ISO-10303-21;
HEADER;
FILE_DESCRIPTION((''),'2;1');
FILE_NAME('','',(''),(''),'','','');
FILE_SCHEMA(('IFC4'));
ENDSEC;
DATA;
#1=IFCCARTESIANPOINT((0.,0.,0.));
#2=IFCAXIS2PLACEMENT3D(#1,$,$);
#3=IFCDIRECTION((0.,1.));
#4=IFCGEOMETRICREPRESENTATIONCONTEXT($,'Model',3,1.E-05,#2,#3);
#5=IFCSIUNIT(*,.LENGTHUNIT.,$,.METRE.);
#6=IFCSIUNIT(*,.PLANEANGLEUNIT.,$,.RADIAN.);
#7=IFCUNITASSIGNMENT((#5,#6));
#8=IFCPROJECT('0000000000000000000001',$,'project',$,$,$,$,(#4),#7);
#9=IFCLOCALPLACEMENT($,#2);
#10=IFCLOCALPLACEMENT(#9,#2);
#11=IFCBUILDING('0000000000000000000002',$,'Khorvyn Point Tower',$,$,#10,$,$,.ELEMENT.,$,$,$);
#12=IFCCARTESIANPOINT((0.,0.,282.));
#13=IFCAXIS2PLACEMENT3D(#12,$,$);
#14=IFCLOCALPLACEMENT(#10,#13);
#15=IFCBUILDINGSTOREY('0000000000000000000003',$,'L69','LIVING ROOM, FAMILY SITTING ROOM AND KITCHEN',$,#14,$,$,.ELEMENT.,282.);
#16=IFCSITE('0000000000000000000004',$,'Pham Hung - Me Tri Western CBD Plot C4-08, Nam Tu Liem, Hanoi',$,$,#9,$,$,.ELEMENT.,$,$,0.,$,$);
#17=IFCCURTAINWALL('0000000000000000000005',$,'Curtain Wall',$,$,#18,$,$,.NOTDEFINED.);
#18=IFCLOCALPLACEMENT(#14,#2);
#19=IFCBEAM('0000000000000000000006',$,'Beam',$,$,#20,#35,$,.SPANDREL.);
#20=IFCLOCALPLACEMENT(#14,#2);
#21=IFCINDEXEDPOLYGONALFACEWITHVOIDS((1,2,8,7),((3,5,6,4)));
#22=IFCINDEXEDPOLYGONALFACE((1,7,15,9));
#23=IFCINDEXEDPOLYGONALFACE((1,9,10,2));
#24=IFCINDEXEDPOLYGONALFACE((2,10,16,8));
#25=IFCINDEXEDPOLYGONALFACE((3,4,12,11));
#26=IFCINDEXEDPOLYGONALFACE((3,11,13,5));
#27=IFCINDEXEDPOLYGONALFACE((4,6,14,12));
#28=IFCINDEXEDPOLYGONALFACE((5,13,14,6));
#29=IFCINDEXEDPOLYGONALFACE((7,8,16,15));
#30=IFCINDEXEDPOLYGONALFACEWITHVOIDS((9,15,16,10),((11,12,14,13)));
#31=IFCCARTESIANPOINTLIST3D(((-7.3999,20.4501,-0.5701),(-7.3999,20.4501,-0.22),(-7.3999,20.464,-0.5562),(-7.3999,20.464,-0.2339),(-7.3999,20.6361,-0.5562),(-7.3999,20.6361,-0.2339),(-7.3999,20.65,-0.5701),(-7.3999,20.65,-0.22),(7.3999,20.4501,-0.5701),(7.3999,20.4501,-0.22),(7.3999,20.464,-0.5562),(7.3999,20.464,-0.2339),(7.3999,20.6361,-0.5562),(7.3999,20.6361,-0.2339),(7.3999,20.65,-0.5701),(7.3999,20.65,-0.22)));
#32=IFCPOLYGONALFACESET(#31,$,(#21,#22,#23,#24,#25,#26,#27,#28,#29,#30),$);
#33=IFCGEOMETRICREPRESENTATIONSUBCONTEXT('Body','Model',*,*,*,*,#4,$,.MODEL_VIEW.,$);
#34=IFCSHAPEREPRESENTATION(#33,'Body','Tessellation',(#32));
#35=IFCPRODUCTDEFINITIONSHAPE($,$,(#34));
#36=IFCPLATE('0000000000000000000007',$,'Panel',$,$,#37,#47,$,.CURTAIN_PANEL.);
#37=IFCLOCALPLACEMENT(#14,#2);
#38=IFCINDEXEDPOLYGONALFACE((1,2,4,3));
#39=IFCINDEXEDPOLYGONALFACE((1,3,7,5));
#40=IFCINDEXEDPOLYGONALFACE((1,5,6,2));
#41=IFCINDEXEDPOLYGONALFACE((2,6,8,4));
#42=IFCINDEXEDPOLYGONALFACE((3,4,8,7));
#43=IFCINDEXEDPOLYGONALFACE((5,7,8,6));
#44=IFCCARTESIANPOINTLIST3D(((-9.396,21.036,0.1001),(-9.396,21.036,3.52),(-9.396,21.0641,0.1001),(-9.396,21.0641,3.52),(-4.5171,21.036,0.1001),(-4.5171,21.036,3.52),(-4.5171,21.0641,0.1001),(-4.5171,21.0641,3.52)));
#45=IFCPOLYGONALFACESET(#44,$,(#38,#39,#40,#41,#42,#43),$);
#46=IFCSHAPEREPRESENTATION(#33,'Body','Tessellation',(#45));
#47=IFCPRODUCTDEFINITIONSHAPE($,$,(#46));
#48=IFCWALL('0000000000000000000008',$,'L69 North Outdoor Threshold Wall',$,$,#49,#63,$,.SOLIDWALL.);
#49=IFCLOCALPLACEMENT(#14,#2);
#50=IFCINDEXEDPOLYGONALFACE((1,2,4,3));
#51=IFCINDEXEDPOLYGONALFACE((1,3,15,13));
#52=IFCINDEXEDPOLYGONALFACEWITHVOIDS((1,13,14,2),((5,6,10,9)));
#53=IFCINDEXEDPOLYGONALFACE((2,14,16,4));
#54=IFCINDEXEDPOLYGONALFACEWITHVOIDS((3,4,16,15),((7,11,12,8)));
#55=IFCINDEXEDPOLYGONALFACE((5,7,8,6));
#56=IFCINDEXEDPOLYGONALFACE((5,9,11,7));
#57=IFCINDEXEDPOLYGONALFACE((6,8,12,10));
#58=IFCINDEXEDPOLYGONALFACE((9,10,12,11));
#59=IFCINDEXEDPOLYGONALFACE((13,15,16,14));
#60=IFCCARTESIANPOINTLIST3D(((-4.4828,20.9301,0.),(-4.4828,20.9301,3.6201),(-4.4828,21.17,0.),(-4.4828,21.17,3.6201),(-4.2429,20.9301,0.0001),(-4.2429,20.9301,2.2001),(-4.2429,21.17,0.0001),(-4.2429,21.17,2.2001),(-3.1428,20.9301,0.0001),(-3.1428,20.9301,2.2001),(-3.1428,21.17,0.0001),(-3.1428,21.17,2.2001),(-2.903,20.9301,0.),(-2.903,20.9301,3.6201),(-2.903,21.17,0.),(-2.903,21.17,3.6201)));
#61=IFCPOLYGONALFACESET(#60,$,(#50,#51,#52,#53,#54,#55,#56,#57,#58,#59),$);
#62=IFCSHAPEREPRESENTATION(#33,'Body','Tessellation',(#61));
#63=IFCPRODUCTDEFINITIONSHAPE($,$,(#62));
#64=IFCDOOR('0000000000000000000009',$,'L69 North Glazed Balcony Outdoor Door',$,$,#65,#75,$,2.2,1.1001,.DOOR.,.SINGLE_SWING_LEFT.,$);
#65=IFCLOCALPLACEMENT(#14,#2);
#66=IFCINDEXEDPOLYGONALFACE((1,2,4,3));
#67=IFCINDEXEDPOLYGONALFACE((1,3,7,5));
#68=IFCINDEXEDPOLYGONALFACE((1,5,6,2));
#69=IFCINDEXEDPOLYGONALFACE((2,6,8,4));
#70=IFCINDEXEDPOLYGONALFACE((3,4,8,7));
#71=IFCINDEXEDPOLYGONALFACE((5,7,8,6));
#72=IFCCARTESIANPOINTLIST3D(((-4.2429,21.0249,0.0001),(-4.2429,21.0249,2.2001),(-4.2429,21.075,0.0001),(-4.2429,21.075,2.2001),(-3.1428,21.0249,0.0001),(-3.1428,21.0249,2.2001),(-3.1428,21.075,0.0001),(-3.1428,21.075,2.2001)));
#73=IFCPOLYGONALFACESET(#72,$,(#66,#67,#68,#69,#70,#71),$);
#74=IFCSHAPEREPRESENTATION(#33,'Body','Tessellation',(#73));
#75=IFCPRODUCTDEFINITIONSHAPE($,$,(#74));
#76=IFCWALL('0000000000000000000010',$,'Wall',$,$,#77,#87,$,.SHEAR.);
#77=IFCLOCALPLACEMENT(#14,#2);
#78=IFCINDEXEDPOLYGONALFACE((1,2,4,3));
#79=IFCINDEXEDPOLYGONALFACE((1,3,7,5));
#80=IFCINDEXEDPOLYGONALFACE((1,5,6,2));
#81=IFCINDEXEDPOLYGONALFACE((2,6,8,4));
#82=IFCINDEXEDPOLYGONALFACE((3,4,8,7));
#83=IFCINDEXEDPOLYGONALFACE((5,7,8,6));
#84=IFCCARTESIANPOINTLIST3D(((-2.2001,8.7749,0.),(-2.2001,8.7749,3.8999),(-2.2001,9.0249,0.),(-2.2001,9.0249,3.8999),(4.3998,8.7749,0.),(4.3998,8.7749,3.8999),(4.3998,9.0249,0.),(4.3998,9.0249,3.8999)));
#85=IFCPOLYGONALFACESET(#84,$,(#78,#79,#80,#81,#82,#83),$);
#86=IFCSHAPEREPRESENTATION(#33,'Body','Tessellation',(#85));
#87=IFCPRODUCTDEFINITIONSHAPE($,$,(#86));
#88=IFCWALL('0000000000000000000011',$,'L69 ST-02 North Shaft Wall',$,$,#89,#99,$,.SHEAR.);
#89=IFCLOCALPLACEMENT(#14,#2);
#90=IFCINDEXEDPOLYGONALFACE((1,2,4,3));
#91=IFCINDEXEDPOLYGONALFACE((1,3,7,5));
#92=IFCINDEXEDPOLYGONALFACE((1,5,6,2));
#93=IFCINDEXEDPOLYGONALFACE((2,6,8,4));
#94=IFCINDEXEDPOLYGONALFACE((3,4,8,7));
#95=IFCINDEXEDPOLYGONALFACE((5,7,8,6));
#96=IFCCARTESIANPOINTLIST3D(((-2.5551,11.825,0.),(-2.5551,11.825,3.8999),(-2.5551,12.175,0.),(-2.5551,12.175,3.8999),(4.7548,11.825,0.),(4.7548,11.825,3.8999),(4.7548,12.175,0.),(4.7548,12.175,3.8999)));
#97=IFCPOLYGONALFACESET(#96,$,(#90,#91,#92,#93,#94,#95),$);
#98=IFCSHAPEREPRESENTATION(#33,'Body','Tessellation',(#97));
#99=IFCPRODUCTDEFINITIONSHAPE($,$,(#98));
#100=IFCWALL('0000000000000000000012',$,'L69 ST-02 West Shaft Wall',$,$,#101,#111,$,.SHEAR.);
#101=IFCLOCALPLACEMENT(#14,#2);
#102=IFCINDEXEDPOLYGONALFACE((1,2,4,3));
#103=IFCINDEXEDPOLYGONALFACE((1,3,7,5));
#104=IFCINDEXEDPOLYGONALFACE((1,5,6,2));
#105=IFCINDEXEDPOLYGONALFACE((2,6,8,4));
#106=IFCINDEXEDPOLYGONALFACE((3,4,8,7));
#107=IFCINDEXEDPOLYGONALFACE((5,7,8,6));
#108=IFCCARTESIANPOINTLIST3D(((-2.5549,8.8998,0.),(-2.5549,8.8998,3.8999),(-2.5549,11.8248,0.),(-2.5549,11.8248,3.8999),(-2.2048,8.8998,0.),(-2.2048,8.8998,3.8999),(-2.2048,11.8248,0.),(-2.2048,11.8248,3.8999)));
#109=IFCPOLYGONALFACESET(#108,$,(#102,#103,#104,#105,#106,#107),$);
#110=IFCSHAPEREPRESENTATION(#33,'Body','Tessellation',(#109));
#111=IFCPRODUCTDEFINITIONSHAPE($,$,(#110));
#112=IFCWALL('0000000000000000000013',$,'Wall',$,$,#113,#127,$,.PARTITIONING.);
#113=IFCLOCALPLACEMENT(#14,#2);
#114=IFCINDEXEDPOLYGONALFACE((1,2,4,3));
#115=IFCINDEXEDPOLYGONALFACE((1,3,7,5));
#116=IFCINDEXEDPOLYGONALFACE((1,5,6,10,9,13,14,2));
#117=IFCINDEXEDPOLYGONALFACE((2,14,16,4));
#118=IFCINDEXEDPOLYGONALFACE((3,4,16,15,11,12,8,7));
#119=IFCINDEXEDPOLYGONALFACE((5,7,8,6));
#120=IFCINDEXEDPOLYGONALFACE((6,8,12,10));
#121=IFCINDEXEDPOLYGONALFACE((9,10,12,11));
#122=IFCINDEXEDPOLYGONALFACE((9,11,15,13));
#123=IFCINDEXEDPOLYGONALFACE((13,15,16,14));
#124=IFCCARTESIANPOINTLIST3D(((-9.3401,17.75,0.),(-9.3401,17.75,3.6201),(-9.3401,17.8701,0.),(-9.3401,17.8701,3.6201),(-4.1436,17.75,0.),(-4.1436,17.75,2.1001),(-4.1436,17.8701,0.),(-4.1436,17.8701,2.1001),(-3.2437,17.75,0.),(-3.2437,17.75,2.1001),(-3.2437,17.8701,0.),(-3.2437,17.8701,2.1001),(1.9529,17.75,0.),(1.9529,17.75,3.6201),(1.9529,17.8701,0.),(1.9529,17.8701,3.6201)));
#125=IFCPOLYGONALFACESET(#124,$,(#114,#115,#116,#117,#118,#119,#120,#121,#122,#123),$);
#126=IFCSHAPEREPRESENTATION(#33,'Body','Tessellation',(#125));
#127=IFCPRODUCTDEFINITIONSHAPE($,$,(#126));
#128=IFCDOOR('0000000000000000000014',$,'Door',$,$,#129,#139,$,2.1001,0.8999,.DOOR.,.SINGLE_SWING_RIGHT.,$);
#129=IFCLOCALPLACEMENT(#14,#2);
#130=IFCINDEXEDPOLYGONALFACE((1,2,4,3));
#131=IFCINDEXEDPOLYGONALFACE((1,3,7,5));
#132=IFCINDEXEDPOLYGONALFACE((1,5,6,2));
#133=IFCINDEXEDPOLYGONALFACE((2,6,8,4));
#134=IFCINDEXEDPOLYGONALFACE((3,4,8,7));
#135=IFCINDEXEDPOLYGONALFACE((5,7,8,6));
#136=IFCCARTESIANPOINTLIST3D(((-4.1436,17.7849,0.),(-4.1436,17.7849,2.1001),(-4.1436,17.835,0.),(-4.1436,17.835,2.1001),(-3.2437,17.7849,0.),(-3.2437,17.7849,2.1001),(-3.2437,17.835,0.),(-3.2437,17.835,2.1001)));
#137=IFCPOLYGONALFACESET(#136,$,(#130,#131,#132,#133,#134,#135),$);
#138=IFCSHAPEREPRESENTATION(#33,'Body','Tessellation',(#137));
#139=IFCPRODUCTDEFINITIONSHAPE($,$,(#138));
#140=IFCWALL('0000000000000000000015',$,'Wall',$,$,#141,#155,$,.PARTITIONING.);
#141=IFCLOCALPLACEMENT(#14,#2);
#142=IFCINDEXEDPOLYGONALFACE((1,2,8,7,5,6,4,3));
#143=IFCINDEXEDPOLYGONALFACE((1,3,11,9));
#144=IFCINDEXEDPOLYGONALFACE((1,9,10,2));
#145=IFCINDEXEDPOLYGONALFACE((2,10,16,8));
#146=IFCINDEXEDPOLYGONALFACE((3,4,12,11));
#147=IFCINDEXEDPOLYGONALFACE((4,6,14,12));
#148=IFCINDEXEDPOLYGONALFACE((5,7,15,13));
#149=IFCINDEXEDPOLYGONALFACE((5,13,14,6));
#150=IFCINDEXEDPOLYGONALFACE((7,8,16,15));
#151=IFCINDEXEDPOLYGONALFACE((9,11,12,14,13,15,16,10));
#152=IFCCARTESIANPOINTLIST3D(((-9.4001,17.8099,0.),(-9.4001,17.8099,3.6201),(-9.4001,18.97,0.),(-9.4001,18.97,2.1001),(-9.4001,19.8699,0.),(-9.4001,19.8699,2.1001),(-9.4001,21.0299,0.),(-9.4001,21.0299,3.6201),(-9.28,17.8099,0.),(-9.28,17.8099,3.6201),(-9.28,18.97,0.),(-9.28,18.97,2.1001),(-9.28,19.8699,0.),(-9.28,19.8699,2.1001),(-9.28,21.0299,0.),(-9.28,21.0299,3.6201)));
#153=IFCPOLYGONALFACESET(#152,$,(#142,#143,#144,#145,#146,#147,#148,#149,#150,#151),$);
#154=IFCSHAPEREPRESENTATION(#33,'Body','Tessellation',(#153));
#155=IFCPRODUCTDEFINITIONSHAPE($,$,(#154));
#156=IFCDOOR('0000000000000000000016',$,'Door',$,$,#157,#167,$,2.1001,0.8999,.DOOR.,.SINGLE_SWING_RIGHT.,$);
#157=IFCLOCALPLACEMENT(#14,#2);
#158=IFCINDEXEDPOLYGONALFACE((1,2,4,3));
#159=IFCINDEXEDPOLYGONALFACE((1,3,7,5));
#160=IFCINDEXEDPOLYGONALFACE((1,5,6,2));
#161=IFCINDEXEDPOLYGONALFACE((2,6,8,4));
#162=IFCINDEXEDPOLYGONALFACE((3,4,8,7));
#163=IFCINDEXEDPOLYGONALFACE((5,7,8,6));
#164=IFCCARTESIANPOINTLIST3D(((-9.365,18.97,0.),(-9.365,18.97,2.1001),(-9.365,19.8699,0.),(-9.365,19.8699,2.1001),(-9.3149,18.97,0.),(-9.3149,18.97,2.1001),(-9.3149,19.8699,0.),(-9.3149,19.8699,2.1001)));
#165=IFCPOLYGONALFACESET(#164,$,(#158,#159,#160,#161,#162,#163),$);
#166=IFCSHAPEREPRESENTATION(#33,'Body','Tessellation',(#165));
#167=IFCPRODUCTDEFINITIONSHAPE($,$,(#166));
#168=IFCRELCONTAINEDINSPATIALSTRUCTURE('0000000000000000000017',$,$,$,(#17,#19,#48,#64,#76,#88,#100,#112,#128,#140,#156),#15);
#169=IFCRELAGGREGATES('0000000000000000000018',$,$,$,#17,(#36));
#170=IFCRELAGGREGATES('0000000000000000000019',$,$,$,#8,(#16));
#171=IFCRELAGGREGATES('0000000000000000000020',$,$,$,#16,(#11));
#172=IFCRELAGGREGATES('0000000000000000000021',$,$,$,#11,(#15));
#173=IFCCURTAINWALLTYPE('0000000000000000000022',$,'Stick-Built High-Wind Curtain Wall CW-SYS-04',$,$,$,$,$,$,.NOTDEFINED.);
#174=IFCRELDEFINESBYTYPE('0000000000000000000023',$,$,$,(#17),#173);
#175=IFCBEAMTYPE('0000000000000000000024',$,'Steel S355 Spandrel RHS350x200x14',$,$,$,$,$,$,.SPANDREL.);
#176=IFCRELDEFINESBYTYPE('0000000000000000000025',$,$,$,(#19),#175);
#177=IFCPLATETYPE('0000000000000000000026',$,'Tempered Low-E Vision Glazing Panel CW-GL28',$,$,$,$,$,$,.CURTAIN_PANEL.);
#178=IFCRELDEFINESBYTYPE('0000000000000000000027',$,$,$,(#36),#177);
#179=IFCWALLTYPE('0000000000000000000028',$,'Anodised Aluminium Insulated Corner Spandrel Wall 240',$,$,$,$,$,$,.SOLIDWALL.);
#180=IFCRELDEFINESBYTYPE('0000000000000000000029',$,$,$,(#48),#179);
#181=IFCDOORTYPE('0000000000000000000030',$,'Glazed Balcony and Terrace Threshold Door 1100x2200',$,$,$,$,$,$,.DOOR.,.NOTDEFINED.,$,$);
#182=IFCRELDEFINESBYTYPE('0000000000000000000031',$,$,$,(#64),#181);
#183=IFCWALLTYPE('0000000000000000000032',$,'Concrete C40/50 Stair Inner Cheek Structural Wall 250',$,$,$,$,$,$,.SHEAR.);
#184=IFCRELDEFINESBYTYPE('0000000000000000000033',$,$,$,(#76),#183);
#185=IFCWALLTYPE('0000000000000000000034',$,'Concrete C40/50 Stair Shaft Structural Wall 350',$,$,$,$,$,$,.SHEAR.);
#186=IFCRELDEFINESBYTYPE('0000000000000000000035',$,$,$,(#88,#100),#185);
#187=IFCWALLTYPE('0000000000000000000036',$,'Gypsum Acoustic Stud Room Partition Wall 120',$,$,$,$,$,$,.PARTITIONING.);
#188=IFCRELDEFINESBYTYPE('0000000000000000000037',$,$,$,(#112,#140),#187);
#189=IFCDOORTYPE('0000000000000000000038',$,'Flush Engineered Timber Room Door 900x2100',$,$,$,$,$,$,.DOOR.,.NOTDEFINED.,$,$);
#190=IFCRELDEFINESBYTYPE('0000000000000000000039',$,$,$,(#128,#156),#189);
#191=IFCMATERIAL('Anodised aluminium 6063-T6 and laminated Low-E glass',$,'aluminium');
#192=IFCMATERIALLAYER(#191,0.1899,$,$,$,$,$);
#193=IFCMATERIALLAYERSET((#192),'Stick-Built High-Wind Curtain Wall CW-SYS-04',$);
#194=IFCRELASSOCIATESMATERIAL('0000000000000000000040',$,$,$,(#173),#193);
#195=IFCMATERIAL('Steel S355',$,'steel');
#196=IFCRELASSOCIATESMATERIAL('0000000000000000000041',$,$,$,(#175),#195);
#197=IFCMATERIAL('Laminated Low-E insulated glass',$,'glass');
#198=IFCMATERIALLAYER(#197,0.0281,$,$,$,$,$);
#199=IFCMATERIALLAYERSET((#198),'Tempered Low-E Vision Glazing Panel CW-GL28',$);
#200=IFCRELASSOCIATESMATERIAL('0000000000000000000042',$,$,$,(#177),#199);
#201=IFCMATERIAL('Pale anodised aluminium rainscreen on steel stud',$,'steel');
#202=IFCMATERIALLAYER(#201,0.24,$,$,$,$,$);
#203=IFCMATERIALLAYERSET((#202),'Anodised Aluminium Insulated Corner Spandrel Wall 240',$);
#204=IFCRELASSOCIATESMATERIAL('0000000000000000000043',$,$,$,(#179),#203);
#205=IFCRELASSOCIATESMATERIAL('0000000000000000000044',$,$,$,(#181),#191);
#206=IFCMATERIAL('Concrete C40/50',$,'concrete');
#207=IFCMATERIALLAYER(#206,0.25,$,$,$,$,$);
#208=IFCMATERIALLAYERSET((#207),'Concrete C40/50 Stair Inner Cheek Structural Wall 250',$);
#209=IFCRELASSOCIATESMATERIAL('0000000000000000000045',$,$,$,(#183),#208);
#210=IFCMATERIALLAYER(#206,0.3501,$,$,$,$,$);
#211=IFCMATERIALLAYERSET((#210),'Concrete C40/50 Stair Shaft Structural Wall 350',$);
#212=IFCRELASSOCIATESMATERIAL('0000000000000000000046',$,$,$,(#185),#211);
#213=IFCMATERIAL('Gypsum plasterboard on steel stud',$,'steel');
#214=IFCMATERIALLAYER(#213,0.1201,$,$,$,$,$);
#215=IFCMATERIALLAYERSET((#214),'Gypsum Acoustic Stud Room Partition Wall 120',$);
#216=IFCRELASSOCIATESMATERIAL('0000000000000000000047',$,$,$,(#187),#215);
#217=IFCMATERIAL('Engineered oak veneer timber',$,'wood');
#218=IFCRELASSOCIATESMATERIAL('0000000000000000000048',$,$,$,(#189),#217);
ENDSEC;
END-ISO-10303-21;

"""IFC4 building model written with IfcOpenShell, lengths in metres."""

from ifc_helpers import new_model, si_unit, direction, frame, frame_2d, origin, origin_2d, place, context, subcontext, project, spatial, rectangle, hollow_rectangle, extrude, material, layer, layer_set, material_profile, profile_set, type_object, element, fill, aggregate, save


model = new_model("IFC4")

# Units and contexts
model_context = context("Model", 3, precision=1e-05, world=origin(), true_north=direction((0.0, 1.0)))
body_context = subcontext(model_context, "Body", "Model", "MODEL_VIEW")
ifc_project = project(units=[si_unit("LENGTHUNIT", "METRE"), si_unit("PLANEANGLEUNIT", "RADIAN")], contexts=[model_context])

# Site, building, storey
site_placement = place(None, origin())
site = spatial("IfcSite", under=ifc_project, at=site_placement, Name="Pham Hung - Me Tri Western CBD Plot C4-08, Nam Tu Liem, Hanoi", CompositionType="ELEMENT", RefElevation=0.0)
building_placement = place(site_placement, origin())
building = spatial("IfcBuilding", under=site, at=building_placement, Name="Khorvyn Point Tower", CompositionType="ELEMENT")
storey_placement = place(building_placement, frame((0.0, 0.0, 282.0)))
storey = spatial("IfcBuildingStorey", under=building, at=storey_placement, Name="L69", Description="LIVING ROOM, FAMILY SITTING ROOM AND KITCHEN", CompositionType="ELEMENT", Elevation=282.0)

# Shared definitions
ifc_material_1 = material(Name="Concrete C40/50", Category="concrete")
ifc_material_2 = material(Name="Steel S355", Category="steel")

# Curtain wall
ifc_material_3 = material(Name="Anodised aluminium 6063-T6 and laminated Low-E glass", Category="aluminium")
ifc_layer_1 = layer(ifc_material_3, 0.1899)
ifc_layer_set_1 = layer_set([ifc_layer_1], Name="Stick-Built High-Wind Curtain Wall CW-SYS-04")
curtain_wall_type = type_object("IfcCurtainWallType", Name="Stick-Built High-Wind Curtain Wall CW-SYS-04", PredefinedType="NOTDEFINED", material=ifc_layer_set_1)
curtain_wall_1_placement = place(storey_placement, origin())
curtain_wall_1 = element("IfcCurtainWall", 1, at=curtain_wall_1_placement, inside=storey, type_object=curtain_wall_type, Name="Curtain Wall", PredefinedType="NOTDEFINED")

# Beam
ifc_material_profile_1 = material_profile(ifc_material_2, hollow_rectangle(XDim=0.2, YDim=0.3501, WallThickness=0.0139, at=origin_2d()))
ifc_profile_set_1 = profile_set([ifc_material_profile_1], Name="Steel S355 RHS350x200x14")
beam_type_1 = type_object("IfcBeamType", Name="Steel S355 Spandrel RHS350x200x14", PredefinedType="SPANDREL", material=ifc_profile_set_1)
beam_1_placement = place(storey_placement, frame((-7.3999, 20.55, -0.395), z_axis=(1.0, 0.0, 0.0), x_axis=(0.0, 1.0, 0.0)))
element("IfcBeam", 2, at=beam_1_placement, inside=storey, type_object=beam_type_1, Name="Beam", PredefinedType="SPANDREL", context=body_context, shape_type="SweptSolid", body=[
    extrude(hollow_rectangle(XDim=0.2, YDim=0.3501, WallThickness=0.0139, at=origin_2d()), origin(), (0.0, 0.0, 1.0), 14.7998),
])

# Plate
ifc_material_4 = material(Name="Laminated Low-E insulated glass", Category="glass")
ifc_layer_2 = layer(ifc_material_4, 0.0281)
ifc_layer_set_2 = layer_set([ifc_layer_2], Name="Tempered Low-E Vision Glazing Panel CW-GL28")
plate_type = type_object("IfcPlateType", Name="Tempered Low-E Vision Glazing Panel CW-GL28", PredefinedType="CURTAIN_PANEL", material=ifc_layer_set_2)
plate_placement = place(storey_placement, frame((-6.9565, 21.05, 0.1001), z_axis=(0.0, 0.0, 1.0), x_axis=(1.0, 0.0, 0.0)))
plate = element("IfcPlate", 3, at=plate_placement, type_object=plate_type, Name="Panel", PredefinedType="CURTAIN_PANEL", context=body_context, shape_type="SweptSolid", body=[
    extrude(rectangle(XDim=4.8789, YDim=0.0281, at=origin_2d()), origin(), (0.0, 0.0, 1.0), 3.4199),
])
aggregate(curtain_wall_1, [plate])

# Wall, opening, door
ifc_material_5 = material(Name="Pale anodised aluminium rainscreen on steel stud", Category="steel")
ifc_layer_3 = layer(ifc_material_5, 0.24)
ifc_layer_set_3 = layer_set([ifc_layer_3], Name="Anodised Aluminium Insulated Corner Spandrel Wall 240")
wall_type_1 = type_object("IfcWallType", Name="Anodised Aluminium Insulated Corner Spandrel Wall 240", PredefinedType="SOLIDWALL", material=ifc_layer_set_3)
wall_1_placement = place(storey_placement, frame((-4.4829, 21.05, 0.0), z_axis=(0.0, 0.0, 1.0), x_axis=(1.0, 0.0, 0.0)))
wall_1 = element("IfcWall", 4, at=wall_1_placement, inside=storey, type_object=wall_type_1, Name="L69 North Outdoor Threshold Wall", PredefinedType="SOLIDWALL", context=body_context, shape_type="SweptSolid", body=[
    extrude(rectangle(XDim=1.5798, YDim=0.24, at=frame_2d((0.79, 0.0))), origin(), (0.0, 0.0, 1.0), 3.6201),
])
opening_1_placement = place(wall_1_placement, frame((0.24, 0.0, 0.0)))
opening_1 = element("IfcOpeningElement", 5, at=opening_1_placement, cuts=wall_1, PredefinedType="OPENING", context=body_context, shape_type="SweptSolid", body=[
    extrude(rectangle(XDim=1.1001, YDim=2.2, at=frame_2d((0.55, 1.1001))), frame((0.0, 0.1299, 0.0), z_axis=(0.0, -1.0, 0.0), x_axis=(1.0, 0.0, 0.0)), (0.0, 0.0, 1.0), 0.26),
])
door_type_1 = type_object("IfcDoorType", Name="Glazed Balcony and Terrace Threshold Door 1100x2200", OperationType="NOTDEFINED", PredefinedType="DOOR", material=ifc_material_3)
door_1_placement = place(opening_1_placement, origin())
door_1 = element("IfcDoor", 6, at=door_1_placement, inside=storey, type_object=door_type_1, Name="L69 North Glazed Balcony Outdoor Door", OperationType="SINGLE_SWING_LEFT", OverallHeight=2.2, OverallWidth=1.1001, PredefinedType="DOOR", context=body_context, shape_type="SweptSolid", body=[
    extrude(rectangle(XDim=1.1001, YDim=2.2, at=frame_2d((0.55, 1.1001))), frame((0.0, 0.0249, 0.0), z_axis=(0.0, -1.0, 0.0), x_axis=(1.0, 0.0, 0.0)), (0.0, 0.0, 1.0), 0.05),
])
fill(opening_1, door_1)

# Walls
ifc_layer_4 = layer(ifc_material_1, 0.25)
ifc_layer_set_4 = layer_set([ifc_layer_4], Name="Concrete C40/50 Stair Inner Cheek Structural Wall 250")
wall_type_2 = type_object("IfcWallType", Name="Concrete C40/50 Stair Inner Cheek Structural Wall 250", PredefinedType="SHEAR", material=ifc_layer_set_4)
wall_2_placement = place(storey_placement, frame((-2.2, 8.8999, 0.0), z_axis=(0.0, 0.0, 1.0), x_axis=(1.0, 0.0, 0.0)))
element("IfcWall", 7, at=wall_2_placement, inside=storey, type_object=wall_type_2, Name="Wall", PredefinedType="SHEAR", context=body_context, shape_type="SweptSolid", body=[
    extrude(rectangle(XDim=6.5999, YDim=0.25, at=frame_2d((3.2998, 0.0))), origin(), (0.0, 0.0, 1.0), 3.8999),
])
ifc_layer_5 = layer(ifc_material_1, 0.3501)
ifc_layer_set_5 = layer_set([ifc_layer_5], Name="Concrete C40/50 Stair Shaft Structural Wall 350")
wall_type_3 = type_object("IfcWallType", Name="Concrete C40/50 Stair Shaft Structural Wall 350", PredefinedType="SHEAR", material=ifc_layer_set_5)
wall_3_placement = place(storey_placement, frame((-2.5549, 12.0, 0.0), z_axis=(0.0, 0.0, 1.0), x_axis=(1.0, 0.0, 0.0)))
element("IfcWall", 8, at=wall_3_placement, inside=storey, type_object=wall_type_3, Name="L69 ST-02 North Shaft Wall", PredefinedType="SHEAR", context=body_context, shape_type="SweptSolid", body=[
    extrude(rectangle(XDim=7.3098, YDim=0.3501, at=frame_2d((3.6548, 0.0))), origin(), (0.0, 0.0, 1.0), 3.8999),
])
wall_4_placement = place(storey_placement, frame((-2.3799, 8.8999, 0.0), z_axis=(0.0, 0.0, 1.0), x_axis=(0.0, 1.0, 0.0)))
element("IfcWall", 9, at=wall_4_placement, inside=storey, type_object=wall_type_3, Name="L69 ST-02 West Shaft Wall", PredefinedType="SHEAR", context=body_context, shape_type="SweptSolid", body=[
    extrude(rectangle(XDim=2.925, YDim=0.3501, at=frame_2d((1.4624, 0.0))), origin(), (0.0, 0.0, 1.0), 3.8999),
])

# Walls, openings, doors
ifc_material_6 = material(Name="Gypsum plasterboard on steel stud", Category="steel")
ifc_layer_6 = layer(ifc_material_6, 0.1201)
ifc_layer_set_6 = layer_set([ifc_layer_6], Name="Gypsum Acoustic Stud Room Partition Wall 120")
wall_type_4 = type_object("IfcWallType", Name="Gypsum Acoustic Stud Room Partition Wall 120", PredefinedType="PARTITIONING", material=ifc_layer_set_6)
wall_5_placement = place(storey_placement, frame((-9.3401, 17.8101, 0.0), z_axis=(0.0, 0.0, 1.0), x_axis=(1.0, 0.0, 0.0)))
wall_5 = element("IfcWall", 10, at=wall_5_placement, inside=storey, type_object=wall_type_4, Name="Wall", PredefinedType="PARTITIONING", context=body_context, shape_type="SweptSolid", body=[
    extrude(rectangle(XDim=11.293, YDim=0.1201, at=frame_2d((5.6465, 0.0))), origin(), (0.0, 0.0, 1.0), 3.6201),
])
opening_2_placement = place(wall_5_placement, frame((5.1965, 0.0, 0.0)))
opening_2 = element("IfcOpeningElement", 11, at=opening_2_placement, cuts=wall_5, PredefinedType="OPENING", context=body_context, shape_type="SweptSolid", body=[
    extrude(rectangle(XDim=0.8999, YDim=2.1001, at=frame_2d((0.45, 1.05))), frame((0.0, 0.0701, 0.0), z_axis=(0.0, -1.0, 0.0), x_axis=(1.0, 0.0, 0.0)), (0.0, 0.0, 1.0), 0.1401),
])
ifc_material_7 = material(Name="Engineered oak veneer timber", Category="wood")
door_type_2 = type_object("IfcDoorType", Name="Flush Engineered Timber Room Door 900x2100", OperationType="NOTDEFINED", PredefinedType="DOOR", material=ifc_material_7)
door_2_placement = place(opening_2_placement, origin())
door_2 = element("IfcDoor", 12, at=door_2_placement, inside=storey, type_object=door_type_2, Name="Door", OperationType="SINGLE_SWING_RIGHT", OverallHeight=2.1001, OverallWidth=0.8999, PredefinedType="DOOR", context=body_context, shape_type="SweptSolid", body=[
    extrude(rectangle(XDim=0.8999, YDim=2.1001, at=frame_2d((0.45, 1.05))), frame((0.0, 0.0249, 0.0), z_axis=(0.0, -1.0, 0.0), x_axis=(1.0, 0.0, 0.0)), (0.0, 0.0, 1.0), 0.05),
])
fill(opening_2, door_2)
wall_6_placement = place(storey_placement, frame((-9.3401, 17.8101, 0.0), z_axis=(0.0, 0.0, 1.0), x_axis=(0.0, 1.0, 0.0)))
wall_6 = element("IfcWall", 13, at=wall_6_placement, inside=storey, type_object=wall_type_4, Name="Wall", PredefinedType="PARTITIONING", context=body_context, shape_type="SweptSolid", body=[
    extrude(rectangle(XDim=3.22, YDim=0.1201, at=frame_2d((1.6099, 0.0))), origin(), (0.0, 0.0, 1.0), 3.6201),
])
opening_3_placement = place(wall_6_placement, frame((1.1599, 0.0, 0.0)))
opening_3 = element("IfcOpeningElement", 14, at=opening_3_placement, cuts=wall_6, PredefinedType="OPENING", context=body_context, shape_type="SweptSolid", body=[
    extrude(rectangle(XDim=0.8999, YDim=2.1001, at=frame_2d((0.45, 1.05))), frame((0.0, 0.0701, 0.0), z_axis=(0.0, -1.0, 0.0), x_axis=(1.0, 0.0, 0.0)), (0.0, 0.0, 1.0), 0.1401),
])
door_3_placement = place(opening_3_placement, origin())
door_3 = element("IfcDoor", 15, at=door_3_placement, inside=storey, type_object=door_type_2, Name="Door", OperationType="SINGLE_SWING_RIGHT", OverallHeight=2.1001, OverallWidth=0.8999, PredefinedType="DOOR", context=body_context, shape_type="SweptSolid", body=[
    extrude(rectangle(XDim=0.8999, YDim=2.1001, at=frame_2d((0.45, 1.05))), frame((0.0, 0.0249, 0.0), z_axis=(0.0, -1.0, 0.0), x_axis=(1.0, 0.0, 0.0)), (0.0, 0.0, 1.0), 0.05),
])
fill(opening_3, door_3)

save(model, "model.ifc")
